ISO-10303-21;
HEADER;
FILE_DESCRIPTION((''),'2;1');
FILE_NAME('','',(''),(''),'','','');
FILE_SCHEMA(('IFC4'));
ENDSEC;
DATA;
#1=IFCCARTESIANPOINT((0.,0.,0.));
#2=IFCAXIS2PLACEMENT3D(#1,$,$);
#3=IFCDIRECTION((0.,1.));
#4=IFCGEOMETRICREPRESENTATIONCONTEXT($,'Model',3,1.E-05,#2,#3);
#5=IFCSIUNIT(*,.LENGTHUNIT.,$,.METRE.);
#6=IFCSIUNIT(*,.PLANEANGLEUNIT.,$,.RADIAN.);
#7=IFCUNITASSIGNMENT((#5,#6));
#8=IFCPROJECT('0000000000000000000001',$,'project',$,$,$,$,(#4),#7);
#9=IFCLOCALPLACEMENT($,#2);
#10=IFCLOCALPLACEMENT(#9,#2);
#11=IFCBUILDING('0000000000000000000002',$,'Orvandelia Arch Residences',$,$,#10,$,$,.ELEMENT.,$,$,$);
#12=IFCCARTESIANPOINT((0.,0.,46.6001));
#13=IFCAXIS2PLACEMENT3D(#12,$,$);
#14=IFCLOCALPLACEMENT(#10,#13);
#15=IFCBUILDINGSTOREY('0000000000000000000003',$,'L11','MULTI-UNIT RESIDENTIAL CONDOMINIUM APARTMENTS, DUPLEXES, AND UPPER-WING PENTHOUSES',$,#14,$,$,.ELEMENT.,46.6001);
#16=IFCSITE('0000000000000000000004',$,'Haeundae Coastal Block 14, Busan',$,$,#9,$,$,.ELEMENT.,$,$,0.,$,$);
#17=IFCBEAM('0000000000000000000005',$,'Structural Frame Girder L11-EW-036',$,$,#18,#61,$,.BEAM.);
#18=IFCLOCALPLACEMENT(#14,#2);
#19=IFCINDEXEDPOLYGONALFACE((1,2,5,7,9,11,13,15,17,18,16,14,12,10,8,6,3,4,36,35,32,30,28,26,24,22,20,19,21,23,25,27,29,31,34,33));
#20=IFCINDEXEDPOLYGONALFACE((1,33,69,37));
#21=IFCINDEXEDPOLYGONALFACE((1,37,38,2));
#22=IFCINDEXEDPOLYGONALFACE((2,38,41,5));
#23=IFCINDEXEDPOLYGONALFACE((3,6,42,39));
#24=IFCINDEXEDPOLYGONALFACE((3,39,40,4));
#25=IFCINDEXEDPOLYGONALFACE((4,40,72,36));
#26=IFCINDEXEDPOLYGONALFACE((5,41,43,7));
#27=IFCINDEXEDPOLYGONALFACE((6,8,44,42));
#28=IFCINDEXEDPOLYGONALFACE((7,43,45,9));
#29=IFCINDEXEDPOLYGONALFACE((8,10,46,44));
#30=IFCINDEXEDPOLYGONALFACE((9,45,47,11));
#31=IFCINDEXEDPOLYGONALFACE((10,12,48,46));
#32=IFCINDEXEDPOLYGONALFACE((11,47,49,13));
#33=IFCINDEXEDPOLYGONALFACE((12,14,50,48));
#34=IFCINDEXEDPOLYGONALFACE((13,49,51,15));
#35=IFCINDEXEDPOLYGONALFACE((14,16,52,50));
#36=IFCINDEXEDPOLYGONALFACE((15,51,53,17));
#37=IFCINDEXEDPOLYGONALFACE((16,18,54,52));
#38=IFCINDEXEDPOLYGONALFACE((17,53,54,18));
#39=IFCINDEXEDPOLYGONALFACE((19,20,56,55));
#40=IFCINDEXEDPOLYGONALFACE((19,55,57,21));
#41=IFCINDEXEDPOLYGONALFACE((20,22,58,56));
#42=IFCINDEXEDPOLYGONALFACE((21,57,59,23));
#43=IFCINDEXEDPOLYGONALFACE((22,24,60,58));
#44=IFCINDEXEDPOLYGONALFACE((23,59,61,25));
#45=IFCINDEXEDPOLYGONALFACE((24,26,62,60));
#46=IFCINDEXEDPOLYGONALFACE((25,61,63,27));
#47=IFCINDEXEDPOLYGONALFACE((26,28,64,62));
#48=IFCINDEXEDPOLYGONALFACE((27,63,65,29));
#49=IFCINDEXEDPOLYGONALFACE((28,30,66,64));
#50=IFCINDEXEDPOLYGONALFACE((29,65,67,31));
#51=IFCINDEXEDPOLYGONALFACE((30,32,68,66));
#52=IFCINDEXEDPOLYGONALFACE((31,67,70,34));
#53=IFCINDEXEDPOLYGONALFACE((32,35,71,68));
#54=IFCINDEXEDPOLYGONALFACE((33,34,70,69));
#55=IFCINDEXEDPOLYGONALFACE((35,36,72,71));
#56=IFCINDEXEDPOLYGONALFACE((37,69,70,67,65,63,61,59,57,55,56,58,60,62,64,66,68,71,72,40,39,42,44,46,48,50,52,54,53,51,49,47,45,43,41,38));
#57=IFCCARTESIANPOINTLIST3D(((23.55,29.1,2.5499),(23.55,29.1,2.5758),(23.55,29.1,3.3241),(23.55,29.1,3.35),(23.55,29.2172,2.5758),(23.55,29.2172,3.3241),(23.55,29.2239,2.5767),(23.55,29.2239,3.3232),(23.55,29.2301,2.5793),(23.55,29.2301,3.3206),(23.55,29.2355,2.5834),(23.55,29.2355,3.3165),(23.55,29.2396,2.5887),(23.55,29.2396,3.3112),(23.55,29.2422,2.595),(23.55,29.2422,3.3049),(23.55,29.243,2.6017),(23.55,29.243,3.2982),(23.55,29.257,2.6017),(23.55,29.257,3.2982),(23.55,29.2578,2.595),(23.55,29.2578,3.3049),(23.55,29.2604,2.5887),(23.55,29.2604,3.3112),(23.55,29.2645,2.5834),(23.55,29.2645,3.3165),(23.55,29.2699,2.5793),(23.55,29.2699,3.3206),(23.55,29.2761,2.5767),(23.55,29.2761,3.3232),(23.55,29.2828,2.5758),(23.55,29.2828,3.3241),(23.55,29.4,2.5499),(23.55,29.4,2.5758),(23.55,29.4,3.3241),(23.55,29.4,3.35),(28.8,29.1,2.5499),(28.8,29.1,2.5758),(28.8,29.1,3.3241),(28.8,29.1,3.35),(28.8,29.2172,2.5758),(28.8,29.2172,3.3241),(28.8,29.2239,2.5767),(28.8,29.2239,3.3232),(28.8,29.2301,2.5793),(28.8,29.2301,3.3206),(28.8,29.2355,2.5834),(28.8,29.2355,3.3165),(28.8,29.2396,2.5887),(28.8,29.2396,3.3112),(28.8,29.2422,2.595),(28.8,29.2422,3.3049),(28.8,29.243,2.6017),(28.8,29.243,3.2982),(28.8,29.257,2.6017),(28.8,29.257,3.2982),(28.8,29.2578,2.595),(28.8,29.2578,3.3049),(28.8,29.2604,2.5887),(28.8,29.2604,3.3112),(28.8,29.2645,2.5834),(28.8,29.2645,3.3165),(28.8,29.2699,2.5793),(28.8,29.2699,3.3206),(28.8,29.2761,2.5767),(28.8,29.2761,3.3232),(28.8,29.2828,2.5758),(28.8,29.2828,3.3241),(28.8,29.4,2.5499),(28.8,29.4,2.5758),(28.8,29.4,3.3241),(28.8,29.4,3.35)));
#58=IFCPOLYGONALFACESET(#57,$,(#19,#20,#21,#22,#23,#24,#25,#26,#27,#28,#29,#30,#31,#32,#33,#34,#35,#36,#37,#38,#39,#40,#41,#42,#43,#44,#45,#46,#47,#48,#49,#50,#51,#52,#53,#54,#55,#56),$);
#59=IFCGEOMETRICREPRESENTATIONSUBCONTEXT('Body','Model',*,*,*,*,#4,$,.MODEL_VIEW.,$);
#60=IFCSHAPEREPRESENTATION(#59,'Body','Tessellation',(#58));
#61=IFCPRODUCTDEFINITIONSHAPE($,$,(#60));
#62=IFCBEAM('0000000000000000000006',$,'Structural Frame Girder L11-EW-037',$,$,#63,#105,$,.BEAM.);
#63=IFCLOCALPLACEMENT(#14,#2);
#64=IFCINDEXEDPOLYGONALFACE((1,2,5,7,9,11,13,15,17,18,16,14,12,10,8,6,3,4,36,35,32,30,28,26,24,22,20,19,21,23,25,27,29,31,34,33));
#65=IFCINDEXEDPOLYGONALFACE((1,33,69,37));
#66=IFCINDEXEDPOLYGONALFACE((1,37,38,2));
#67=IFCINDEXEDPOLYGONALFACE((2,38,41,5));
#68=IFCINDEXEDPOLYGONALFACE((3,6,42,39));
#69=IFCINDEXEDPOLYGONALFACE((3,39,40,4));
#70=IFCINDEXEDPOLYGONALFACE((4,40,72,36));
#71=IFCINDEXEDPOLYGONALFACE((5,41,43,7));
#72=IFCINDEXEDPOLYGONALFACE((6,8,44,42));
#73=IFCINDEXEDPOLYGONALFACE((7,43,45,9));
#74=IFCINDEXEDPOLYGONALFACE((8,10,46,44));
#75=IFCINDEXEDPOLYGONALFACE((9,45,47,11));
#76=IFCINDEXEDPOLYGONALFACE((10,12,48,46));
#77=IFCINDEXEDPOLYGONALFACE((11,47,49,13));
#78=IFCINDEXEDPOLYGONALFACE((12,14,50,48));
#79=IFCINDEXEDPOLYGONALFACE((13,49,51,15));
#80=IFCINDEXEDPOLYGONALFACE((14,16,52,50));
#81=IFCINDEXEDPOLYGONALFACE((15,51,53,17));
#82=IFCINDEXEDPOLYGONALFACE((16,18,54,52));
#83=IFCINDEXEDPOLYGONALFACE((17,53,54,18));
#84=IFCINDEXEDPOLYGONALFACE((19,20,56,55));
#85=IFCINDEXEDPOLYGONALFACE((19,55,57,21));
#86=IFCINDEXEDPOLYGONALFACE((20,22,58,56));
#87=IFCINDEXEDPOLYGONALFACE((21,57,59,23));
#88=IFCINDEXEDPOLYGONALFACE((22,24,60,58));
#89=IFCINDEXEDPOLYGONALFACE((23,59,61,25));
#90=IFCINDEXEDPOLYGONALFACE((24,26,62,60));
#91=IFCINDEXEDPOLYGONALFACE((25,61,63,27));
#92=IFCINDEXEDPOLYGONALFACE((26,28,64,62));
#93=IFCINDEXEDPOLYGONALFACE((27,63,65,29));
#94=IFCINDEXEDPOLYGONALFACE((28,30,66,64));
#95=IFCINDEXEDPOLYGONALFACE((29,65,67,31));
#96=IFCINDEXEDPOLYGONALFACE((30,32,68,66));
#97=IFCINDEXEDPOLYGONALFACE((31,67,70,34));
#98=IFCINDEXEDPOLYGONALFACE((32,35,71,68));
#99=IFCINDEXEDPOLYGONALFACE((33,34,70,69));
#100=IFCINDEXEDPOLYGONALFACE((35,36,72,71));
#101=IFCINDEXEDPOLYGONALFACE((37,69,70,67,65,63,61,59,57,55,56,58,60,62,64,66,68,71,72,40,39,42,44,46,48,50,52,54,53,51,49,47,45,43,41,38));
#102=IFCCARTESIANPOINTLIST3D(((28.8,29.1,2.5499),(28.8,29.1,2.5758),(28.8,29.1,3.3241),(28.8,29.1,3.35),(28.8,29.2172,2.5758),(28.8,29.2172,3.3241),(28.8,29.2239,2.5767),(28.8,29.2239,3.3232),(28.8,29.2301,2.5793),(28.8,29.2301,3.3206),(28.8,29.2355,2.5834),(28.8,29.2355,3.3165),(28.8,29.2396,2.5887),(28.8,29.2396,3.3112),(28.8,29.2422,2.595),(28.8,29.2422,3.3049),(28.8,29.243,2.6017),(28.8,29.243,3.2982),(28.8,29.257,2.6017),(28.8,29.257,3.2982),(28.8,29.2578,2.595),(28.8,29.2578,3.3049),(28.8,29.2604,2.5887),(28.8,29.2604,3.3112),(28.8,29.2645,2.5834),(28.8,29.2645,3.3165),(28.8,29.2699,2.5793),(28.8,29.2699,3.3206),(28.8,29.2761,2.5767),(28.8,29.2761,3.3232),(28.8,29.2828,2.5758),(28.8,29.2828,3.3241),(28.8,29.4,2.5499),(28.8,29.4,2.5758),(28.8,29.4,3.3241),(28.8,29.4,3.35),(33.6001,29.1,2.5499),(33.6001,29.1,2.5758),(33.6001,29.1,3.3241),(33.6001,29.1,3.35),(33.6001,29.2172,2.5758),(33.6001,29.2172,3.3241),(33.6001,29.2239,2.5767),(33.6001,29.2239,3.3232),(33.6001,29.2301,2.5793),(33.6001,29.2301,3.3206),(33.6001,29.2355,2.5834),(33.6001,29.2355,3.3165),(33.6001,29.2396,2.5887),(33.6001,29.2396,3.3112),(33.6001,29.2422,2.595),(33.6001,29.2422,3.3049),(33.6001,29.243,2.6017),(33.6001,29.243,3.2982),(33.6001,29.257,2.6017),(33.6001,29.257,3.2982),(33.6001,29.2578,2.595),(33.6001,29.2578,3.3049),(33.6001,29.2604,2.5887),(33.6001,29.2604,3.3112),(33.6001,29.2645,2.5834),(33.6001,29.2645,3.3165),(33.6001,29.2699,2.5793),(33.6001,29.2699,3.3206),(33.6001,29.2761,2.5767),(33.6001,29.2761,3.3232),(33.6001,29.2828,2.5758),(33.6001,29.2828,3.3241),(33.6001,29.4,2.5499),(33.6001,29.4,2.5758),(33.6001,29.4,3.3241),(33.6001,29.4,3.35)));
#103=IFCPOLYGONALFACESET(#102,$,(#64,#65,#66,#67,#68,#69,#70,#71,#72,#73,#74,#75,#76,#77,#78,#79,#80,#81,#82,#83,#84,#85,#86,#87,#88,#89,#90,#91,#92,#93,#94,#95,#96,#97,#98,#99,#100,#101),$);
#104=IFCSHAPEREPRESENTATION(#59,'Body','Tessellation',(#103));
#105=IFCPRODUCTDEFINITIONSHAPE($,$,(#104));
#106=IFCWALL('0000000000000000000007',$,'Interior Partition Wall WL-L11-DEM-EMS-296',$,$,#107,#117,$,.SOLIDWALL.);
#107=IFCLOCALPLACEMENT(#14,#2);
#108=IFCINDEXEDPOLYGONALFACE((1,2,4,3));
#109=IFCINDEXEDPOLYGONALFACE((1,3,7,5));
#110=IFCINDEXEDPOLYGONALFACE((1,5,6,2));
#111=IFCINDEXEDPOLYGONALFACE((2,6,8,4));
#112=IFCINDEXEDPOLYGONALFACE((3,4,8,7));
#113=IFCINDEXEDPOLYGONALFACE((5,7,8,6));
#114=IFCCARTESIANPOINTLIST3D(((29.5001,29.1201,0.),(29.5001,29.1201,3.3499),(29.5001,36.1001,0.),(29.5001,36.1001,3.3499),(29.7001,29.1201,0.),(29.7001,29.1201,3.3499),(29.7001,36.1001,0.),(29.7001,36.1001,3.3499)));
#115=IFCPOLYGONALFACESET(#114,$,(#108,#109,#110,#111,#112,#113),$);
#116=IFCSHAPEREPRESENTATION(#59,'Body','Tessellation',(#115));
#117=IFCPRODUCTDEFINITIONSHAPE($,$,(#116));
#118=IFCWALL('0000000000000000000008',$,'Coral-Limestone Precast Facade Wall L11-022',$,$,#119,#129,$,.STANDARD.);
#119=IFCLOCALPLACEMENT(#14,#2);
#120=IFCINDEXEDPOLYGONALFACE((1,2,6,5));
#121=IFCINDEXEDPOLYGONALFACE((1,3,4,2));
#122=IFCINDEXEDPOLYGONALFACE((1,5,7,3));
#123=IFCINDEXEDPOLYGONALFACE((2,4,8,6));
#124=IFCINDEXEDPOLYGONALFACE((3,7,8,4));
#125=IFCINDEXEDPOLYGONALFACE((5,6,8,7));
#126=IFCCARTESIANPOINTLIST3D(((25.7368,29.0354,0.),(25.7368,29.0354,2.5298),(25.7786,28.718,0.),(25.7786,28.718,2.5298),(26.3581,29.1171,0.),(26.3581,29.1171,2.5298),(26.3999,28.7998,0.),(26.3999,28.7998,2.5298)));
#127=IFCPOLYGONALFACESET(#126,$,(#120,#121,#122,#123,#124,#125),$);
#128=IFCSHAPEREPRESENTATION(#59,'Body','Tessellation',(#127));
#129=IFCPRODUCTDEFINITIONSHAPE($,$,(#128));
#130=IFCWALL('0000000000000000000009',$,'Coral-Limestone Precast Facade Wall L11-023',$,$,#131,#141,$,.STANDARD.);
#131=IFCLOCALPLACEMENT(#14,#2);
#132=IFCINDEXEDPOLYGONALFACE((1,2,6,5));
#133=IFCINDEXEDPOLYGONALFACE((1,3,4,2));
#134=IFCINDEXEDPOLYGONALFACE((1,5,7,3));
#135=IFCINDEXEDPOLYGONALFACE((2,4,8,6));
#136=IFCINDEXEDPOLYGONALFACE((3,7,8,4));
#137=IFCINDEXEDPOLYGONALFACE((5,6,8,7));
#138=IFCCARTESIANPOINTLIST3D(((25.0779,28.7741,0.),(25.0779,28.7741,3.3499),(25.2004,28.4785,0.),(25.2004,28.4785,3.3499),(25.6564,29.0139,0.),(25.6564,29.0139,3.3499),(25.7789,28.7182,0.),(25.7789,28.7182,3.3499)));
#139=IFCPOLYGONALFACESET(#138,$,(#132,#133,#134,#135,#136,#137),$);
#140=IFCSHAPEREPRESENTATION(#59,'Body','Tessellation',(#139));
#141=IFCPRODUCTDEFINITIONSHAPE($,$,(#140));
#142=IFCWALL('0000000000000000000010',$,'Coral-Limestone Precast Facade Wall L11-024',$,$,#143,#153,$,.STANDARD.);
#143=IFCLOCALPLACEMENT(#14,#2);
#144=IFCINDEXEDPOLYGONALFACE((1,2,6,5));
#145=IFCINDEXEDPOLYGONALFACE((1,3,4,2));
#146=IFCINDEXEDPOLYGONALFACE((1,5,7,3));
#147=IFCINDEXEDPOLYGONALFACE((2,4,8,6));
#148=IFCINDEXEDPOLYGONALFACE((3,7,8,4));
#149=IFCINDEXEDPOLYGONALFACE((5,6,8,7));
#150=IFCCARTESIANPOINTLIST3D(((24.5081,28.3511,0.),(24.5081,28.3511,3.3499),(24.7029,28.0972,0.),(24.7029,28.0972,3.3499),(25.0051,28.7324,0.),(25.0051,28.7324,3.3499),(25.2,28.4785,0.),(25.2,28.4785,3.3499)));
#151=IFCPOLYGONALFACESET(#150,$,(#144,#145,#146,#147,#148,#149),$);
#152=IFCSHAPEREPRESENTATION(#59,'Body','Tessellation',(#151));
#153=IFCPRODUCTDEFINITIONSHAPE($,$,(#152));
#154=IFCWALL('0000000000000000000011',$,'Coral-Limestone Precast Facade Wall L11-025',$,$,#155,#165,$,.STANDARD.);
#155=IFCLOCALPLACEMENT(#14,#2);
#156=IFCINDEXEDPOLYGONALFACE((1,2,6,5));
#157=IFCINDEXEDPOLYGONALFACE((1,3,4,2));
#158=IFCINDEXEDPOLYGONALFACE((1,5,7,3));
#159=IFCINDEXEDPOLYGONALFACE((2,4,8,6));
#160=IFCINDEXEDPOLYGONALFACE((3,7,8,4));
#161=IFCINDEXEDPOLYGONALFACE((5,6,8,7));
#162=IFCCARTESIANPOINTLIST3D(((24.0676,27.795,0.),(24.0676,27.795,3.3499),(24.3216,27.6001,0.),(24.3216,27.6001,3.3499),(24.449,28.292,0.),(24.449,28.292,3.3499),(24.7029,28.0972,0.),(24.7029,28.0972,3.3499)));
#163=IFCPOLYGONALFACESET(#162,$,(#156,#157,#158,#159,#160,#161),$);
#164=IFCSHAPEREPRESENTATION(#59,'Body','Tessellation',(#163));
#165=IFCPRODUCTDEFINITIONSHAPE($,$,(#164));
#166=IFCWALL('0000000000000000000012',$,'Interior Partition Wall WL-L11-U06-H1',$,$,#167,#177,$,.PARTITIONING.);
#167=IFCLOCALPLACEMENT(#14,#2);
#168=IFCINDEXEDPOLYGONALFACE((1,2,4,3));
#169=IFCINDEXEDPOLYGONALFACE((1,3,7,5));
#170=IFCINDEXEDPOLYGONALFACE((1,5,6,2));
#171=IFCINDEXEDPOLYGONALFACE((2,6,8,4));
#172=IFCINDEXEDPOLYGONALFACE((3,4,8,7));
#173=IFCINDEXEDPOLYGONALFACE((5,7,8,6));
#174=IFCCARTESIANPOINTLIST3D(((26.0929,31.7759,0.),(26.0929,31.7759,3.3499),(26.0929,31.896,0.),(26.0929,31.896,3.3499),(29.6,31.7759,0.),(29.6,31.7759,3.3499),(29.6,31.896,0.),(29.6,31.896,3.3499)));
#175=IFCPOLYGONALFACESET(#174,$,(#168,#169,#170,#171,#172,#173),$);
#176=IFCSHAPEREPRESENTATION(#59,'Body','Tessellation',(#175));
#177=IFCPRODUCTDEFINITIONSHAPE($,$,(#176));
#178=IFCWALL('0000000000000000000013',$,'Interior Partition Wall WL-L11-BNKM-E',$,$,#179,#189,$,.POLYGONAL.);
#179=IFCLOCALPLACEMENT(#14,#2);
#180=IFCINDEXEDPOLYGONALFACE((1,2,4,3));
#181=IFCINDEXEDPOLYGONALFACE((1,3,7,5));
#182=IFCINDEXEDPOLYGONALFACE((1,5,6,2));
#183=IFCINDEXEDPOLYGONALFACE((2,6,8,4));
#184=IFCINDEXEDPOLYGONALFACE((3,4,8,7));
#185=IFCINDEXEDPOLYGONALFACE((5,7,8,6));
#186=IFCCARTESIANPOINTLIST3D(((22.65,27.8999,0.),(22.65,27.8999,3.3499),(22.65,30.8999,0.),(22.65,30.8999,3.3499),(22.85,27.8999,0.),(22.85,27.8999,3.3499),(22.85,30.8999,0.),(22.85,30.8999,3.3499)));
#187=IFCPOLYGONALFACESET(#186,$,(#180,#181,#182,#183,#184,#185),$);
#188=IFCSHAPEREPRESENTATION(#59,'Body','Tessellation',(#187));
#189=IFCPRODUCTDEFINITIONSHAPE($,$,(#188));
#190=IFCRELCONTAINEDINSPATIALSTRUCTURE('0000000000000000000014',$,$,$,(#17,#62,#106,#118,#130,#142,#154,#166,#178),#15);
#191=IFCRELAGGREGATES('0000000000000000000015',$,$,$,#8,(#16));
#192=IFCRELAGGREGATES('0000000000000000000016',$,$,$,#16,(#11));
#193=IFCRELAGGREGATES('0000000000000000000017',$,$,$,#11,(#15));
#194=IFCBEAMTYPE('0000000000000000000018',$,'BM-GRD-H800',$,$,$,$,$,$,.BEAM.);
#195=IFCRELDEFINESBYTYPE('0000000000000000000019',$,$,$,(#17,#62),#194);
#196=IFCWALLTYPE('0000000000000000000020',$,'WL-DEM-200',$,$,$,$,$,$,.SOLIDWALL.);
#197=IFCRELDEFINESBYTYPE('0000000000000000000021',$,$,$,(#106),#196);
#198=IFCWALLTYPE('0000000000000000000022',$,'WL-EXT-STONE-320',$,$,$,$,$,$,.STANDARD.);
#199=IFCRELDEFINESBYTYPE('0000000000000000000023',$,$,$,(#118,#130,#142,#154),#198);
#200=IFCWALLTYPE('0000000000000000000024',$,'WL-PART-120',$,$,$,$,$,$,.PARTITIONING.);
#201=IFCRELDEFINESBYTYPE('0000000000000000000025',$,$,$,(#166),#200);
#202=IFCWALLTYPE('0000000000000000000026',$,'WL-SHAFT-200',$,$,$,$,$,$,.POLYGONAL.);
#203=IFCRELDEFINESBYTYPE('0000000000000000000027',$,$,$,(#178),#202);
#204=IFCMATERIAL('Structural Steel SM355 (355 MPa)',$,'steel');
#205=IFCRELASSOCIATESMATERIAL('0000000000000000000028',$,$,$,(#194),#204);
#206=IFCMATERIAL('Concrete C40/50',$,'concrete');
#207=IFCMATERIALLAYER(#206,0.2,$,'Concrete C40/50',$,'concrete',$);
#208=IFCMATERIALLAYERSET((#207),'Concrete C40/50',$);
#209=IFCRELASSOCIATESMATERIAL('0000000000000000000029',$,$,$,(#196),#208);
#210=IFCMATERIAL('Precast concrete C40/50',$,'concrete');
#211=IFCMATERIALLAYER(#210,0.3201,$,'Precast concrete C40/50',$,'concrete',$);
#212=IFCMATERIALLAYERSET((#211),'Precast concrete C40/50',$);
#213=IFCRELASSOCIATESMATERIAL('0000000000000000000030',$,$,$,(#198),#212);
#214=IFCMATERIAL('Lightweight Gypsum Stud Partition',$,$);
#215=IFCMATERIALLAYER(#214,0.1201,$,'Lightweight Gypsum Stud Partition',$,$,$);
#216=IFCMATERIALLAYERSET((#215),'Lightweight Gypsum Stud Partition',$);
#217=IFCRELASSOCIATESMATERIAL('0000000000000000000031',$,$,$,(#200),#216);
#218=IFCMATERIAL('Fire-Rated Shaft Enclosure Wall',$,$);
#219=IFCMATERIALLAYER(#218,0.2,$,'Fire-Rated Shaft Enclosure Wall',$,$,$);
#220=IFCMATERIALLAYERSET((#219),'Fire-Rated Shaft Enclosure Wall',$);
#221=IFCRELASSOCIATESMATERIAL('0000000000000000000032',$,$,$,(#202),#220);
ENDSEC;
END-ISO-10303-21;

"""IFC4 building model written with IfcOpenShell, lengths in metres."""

from ifc_helpers import new_model, si_unit, direction, frame, frame_2d, origin, origin_2d, place, context, subcontext, project, spatial, rectangle, i_section, extrude, material, layer, layer_set, material_profile, profile_set, type_object, element, save


model = new_model("IFC4")

# Units and contexts
model_context = context("Model", 3, precision=1e-05, world=origin(), true_north=direction((0.0, 1.0)))
body_context = subcontext(model_context, "Body", "Model", "MODEL_VIEW")
ifc_project = project(units=[si_unit("LENGTHUNIT", "METRE"), si_unit("PLANEANGLEUNIT", "RADIAN")], contexts=[model_context])

# Site, building, storey
site_placement = place(None, origin())
site = spatial("IfcSite", under=ifc_project, at=site_placement, Name="Haeundae Coastal Block 14, Busan", CompositionType="ELEMENT", RefElevation=0.0)
building_placement = place(site_placement, origin())
building = spatial("IfcBuilding", under=site, at=building_placement, Name="Orvandelia Arch Residences", CompositionType="ELEMENT")
storey_placement = place(building_placement, frame((0.0, 0.0, 46.6001)))
storey = spatial("IfcBuildingStorey", under=building, at=storey_placement, Name="L11", Description="MULTI-UNIT RESIDENTIAL CONDOMINIUM APARTMENTS, DUPLEXES, AND UPPER-WING PENTHOUSES", CompositionType="ELEMENT", Elevation=46.6001)

# Beams
ifc_material_1 = material(Name="Structural Steel SM355 (355 MPa)", Category="steel")
ifc_material_profile_1 = material_profile(ifc_material_1, i_section(OverallWidth=0.3, OverallDepth=0.8, WebThickness=0.0139, FlangeThickness=0.0259, FilletRadius=0.0259, at=origin_2d()), Name="Structural Steel SM355 (355 MPa)", Category="steel")
ifc_profile_set_1 = profile_set([ifc_material_profile_1], Name="Structural Steel SM355 (355 MPa)")
beam_type = type_object("IfcBeamType", Name="BM-GRD-H800", PredefinedType="BEAM", material=ifc_profile_set_1)
beam_1_placement = place(storey_placement, frame((23.55, 29.25, 2.95), z_axis=(1.0, 0.0, 0.0), x_axis=(0.0, 1.0, 0.0)))
element("IfcBeam", 1, at=beam_1_placement, inside=storey, type_object=beam_type, Name="Structural Frame Girder L11-EW-036", PredefinedType="BEAM", context=body_context, shape_type="SweptSolid", body=[
    extrude(i_section(OverallWidth=0.3, OverallDepth=0.8, WebThickness=0.0139, FlangeThickness=0.0259, FilletRadius=0.0259, at=origin_2d()), origin(), (0.0, 0.0, 1.0), 5.25),
])
beam_2_placement = place(storey_placement, frame((28.8, 29.25, 2.95), z_axis=(1.0, 0.0, 0.0), x_axis=(0.0, 1.0, 0.0)))
element("IfcBeam", 2, at=beam_2_placement, inside=storey, type_object=beam_type, Name="Structural Frame Girder L11-EW-037", PredefinedType="BEAM", context=body_context, shape_type="SweptSolid", body=[
    extrude(i_section(OverallWidth=0.3, OverallDepth=0.8, WebThickness=0.0139, FlangeThickness=0.0259, FilletRadius=0.0259, at=origin_2d()), origin(), (0.0, 0.0, 1.0), 4.8),
])

# Walls
ifc_material_2 = material(Name="Concrete C40/50", Category="concrete")
ifc_layer_1 = layer(ifc_material_2, 0.2, Name="Concrete C40/50", Category="concrete")
ifc_layer_set_1 = layer_set([ifc_layer_1], Name="Concrete C40/50")
wall_type_1 = type_object("IfcWallType", Name="WL-DEM-200", PredefinedType="SOLIDWALL", material=ifc_layer_set_1)
wall_1_placement = place(storey_placement, frame((29.6001, 29.1201, 0.0), z_axis=(0.0, 0.0, 1.0), x_axis=(0.0, 1.0, 0.0)))
element("IfcWall", 3, at=wall_1_placement, inside=storey, type_object=wall_type_1, Name="Interior Partition Wall WL-L11-DEM-EMS-296", PredefinedType="SOLIDWALL", context=body_context, shape_type="SweptSolid", body=[
    extrude(rectangle(XDim=6.98, YDim=0.2, at=frame_2d((3.49, 0.0))), origin(), (0.0, 0.0, 1.0), 3.3499),
])
ifc_material_3 = material(Name="Precast concrete C40/50", Category="concrete")
ifc_layer_2 = layer(ifc_material_3, 0.3201, Name="Precast concrete C40/50", Category="concrete")
ifc_layer_set_2 = layer_set([ifc_layer_2], Name="Precast concrete C40/50")
wall_type_2 = type_object("IfcWallType", Name="WL-EXT-STONE-320", PredefinedType="STANDARD", material=ifc_layer_set_2)
wall_2_placement = place(storey_placement, frame((26.3792, 28.9585, 0.0), z_axis=(0.0, 0.0, 1.0), x_axis=(-0.991448, -0.130505, 0.0)))
element("IfcWall", 4, at=wall_2_placement, inside=storey, type_object=wall_type_2, Name="Coral-Limestone Precast Facade Wall L11-022", PredefinedType="STANDARD", context=body_context, shape_type="SweptSolid", body=[
    extrude(rectangle(XDim=0.6267, YDim=0.3201, at=frame_2d((0.3135, 0.0))), origin(), (0.0, 0.0, 1.0), 2.5298),
])
wall_3_placement = place(storey_placement, frame((25.7175, 28.866, 0.0), z_axis=(0.0, 0.0, 1.0), x_axis=(-0.923836, -0.382788, 0.0)))
element("IfcWall", 5, at=wall_3_placement, inside=storey, type_object=wall_type_2, Name="Coral-Limestone Precast Facade Wall L11-023", PredefinedType="STANDARD", context=body_context, shape_type="SweptSolid", body=[
    extrude(rectangle(XDim=0.6262, YDim=0.3201, at=frame_2d((0.313, 0.0))), origin(), (0.0, 0.0, 1.0), 3.3499),
])
for number, where, z_axis, x_axis, name in (
    (6, (25.1025, 28.6055, 0.0), (0.0, 0.0, 1.0), (-0.793406, -0.608693, 0.0), "Coral-Limestone Precast Facade Wall L11-024"),
    (7, (24.5759, 28.1946, 0.0), (0.0, 0.0, 1.0), (-0.608693, -0.793406, 0.0), "Coral-Limestone Precast Facade Wall L11-025"),
):
    element("IfcWall", number, at=place(storey_placement, frame(where, z_axis=z_axis, x_axis=x_axis)), inside=storey, type_object=wall_type_2, Name=name, PredefinedType="STANDARD", context=body_context, shape_type="SweptSolid", body=[
        extrude(rectangle(XDim=0.6265, YDim=0.3201, at=frame_2d((0.3132, 0.0))), origin(), (0.0, 0.0, 1.0), 3.3499),
    ])
ifc_material_4 = material(Name="Lightweight Gypsum Stud Partition")
ifc_layer_3 = layer(ifc_material_4, 0.1201, Name="Lightweight Gypsum Stud Partition")
ifc_layer_set_3 = layer_set([ifc_layer_3], Name="Lightweight Gypsum Stud Partition")
wall_type_3 = type_object("IfcWallType", Name="WL-PART-120", PredefinedType="PARTITIONING", material=ifc_layer_set_3)
wall_4_placement = place(storey_placement, frame((26.093, 31.8359, 0.0), z_axis=(0.0, 0.0, 1.0), x_axis=(1.0, 0.0, 0.0)))
element("IfcWall", 8, at=wall_4_placement, inside=storey, type_object=wall_type_3, Name="Interior Partition Wall WL-L11-U06-H1", PredefinedType="PARTITIONING", context=body_context, shape_type="SweptSolid", body=[
    extrude(rectangle(XDim=3.5071, YDim=0.1201, at=frame_2d((1.7534, 0.0))), origin(), (0.0, 0.0, 1.0), 3.3499),
])
ifc_material_5 = material(Name="Fire-Rated Shaft Enclosure Wall")
ifc_layer_4 = layer(ifc_material_5, 0.2, Name="Fire-Rated Shaft Enclosure Wall")
ifc_layer_set_4 = layer_set([ifc_layer_4], Name="Fire-Rated Shaft Enclosure Wall")
wall_type_4 = type_object("IfcWallType", Name="WL-SHAFT-200", PredefinedType="POLYGONAL", material=ifc_layer_set_4)
wall_5_placement = place(storey_placement, frame((22.75, 27.8999, 0.0), z_axis=(0.0, 0.0, 1.0), x_axis=(0.0, 1.0, 0.0)))
element("IfcWall", 9, at=wall_5_placement, inside=storey, type_object=wall_type_4, Name="Interior Partition Wall WL-L11-BNKM-E", PredefinedType="POLYGONAL", context=body_context, shape_type="SweptSolid", body=[
    extrude(rectangle(XDim=3.0, YDim=0.2, at=frame_2d((1.5, 0.0))), origin(), (0.0, 0.0, 1.0), 3.3499),
])

save(model, "model.ifc")
